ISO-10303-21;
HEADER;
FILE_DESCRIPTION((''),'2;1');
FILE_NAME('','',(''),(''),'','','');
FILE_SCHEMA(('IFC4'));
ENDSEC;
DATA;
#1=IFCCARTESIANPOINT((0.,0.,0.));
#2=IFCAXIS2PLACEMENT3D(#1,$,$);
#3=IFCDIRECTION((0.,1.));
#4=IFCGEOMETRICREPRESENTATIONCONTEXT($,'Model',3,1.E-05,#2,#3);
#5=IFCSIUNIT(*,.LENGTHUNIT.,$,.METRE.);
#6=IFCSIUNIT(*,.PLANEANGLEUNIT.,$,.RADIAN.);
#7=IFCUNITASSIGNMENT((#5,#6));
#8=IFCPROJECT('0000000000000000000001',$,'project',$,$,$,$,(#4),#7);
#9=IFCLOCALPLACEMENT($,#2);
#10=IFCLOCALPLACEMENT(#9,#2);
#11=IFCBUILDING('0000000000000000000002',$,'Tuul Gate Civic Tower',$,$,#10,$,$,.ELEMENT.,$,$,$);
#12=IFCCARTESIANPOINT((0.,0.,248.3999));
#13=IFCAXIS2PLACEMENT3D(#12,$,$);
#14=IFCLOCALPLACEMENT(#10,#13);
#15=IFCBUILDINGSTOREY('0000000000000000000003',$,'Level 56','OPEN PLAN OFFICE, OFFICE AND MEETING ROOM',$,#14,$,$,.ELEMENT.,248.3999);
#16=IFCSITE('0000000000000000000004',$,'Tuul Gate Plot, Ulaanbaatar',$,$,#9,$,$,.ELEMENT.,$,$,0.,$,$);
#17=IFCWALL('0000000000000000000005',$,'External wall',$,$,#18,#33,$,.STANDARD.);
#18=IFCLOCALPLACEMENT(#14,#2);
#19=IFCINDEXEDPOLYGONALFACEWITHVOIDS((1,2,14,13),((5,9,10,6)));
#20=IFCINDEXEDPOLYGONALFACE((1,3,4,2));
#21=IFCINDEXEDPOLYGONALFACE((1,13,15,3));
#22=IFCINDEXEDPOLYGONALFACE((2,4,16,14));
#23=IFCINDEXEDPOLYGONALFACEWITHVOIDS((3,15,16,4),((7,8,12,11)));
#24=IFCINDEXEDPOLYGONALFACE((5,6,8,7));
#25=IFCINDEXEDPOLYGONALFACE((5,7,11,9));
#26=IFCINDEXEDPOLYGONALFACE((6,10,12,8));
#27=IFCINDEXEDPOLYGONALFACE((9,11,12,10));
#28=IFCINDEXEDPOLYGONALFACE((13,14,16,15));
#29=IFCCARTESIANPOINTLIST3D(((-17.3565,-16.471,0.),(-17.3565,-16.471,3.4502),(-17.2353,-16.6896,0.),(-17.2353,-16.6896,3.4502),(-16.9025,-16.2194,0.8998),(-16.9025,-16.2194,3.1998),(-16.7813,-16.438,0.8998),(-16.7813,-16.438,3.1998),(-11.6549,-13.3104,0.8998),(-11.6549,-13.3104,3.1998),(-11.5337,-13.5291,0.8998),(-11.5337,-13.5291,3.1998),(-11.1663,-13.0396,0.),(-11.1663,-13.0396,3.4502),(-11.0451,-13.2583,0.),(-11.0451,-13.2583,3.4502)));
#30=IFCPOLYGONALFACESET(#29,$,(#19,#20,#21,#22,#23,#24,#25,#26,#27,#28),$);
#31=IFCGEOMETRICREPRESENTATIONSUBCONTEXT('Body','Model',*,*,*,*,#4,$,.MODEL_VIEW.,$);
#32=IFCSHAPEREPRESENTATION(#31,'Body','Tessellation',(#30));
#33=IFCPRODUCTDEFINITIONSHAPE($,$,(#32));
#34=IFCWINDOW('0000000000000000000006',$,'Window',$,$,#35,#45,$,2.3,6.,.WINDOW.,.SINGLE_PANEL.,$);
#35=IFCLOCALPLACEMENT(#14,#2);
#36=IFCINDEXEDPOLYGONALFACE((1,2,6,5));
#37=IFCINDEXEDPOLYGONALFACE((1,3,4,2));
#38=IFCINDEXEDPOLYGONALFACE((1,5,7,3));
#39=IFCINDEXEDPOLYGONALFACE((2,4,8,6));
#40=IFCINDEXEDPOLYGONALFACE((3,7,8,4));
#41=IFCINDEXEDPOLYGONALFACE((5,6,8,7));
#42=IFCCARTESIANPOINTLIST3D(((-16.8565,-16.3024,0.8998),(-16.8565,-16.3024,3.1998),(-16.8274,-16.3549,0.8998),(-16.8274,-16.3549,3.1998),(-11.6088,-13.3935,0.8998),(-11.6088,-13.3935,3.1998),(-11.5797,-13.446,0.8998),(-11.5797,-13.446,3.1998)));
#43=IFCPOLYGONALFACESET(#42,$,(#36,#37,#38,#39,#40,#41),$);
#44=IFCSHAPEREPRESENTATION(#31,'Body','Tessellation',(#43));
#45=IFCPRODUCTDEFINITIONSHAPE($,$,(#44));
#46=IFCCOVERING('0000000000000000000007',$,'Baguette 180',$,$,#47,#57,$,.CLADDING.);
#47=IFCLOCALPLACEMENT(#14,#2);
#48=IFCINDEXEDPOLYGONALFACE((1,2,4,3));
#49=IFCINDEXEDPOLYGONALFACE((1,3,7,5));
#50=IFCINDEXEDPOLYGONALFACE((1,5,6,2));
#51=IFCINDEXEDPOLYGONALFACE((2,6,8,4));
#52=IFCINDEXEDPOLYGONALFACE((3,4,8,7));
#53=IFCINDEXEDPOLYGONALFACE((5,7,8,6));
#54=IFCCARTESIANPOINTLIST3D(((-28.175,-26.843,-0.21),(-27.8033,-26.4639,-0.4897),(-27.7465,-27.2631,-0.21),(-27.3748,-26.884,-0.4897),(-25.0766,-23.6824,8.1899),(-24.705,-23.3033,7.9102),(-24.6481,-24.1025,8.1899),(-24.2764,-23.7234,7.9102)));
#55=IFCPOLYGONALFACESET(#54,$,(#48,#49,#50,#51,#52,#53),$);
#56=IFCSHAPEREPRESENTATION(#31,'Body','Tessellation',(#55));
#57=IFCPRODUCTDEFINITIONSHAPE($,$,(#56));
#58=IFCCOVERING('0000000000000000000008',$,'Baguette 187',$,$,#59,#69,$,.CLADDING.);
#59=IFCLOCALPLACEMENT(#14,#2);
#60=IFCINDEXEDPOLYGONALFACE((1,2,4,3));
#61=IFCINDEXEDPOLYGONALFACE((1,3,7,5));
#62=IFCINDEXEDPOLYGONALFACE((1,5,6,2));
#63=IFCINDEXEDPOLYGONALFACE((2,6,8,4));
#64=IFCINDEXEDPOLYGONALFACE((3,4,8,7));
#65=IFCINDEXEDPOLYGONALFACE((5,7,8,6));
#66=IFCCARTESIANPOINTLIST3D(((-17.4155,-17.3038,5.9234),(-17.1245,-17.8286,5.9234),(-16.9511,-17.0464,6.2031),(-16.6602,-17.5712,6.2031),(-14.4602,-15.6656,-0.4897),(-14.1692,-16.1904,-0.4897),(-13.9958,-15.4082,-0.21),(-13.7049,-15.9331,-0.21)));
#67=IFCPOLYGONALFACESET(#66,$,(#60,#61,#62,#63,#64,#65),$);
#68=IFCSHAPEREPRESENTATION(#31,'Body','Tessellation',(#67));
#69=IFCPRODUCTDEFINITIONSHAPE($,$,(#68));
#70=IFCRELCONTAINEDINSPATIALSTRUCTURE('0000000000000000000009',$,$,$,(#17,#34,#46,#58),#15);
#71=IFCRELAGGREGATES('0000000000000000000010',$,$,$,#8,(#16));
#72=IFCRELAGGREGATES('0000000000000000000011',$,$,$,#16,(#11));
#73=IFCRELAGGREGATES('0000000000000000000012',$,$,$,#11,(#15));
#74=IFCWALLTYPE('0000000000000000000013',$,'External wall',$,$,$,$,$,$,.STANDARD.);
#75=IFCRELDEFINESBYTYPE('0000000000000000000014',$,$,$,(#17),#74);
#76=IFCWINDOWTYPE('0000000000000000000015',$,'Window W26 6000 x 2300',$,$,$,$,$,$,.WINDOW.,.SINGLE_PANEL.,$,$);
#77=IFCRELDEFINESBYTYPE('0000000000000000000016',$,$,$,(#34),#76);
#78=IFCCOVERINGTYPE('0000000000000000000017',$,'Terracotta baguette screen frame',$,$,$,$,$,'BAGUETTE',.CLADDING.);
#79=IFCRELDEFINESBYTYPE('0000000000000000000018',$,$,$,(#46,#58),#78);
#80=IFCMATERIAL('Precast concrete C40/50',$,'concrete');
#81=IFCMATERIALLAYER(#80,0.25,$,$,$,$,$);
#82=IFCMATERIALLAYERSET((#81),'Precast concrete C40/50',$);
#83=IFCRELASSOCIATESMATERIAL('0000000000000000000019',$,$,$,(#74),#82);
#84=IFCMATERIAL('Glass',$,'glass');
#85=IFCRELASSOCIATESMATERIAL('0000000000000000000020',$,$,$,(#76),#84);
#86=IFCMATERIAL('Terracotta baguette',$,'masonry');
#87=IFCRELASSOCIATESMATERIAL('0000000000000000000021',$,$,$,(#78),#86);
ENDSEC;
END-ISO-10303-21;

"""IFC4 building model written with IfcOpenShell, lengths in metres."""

from ifc_helpers import new_model, si_unit, direction, frame, frame_2d, origin, origin_2d, place, context, subcontext, project, spatial, rectangle, extrude, material, layer, layer_set, material_profile, profile_set, type_object, element, fill, save


model = new_model("IFC4")

# Units and contexts
model_context = context("Model", 3, precision=1e-05, world=origin(), true_north=direction((0.0, 1.0)))
body_context = subcontext(model_context, "Body", "Model", "MODEL_VIEW")
ifc_project = project(units=[si_unit("LENGTHUNIT", "METRE"), si_unit("PLANEANGLEUNIT", "RADIAN")], contexts=[model_context])

# Site, building, storey
site_placement = place(None, origin())
site = spatial("IfcSite", under=ifc_project, at=site_placement, Name="Tuul Gate Plot, Ulaanbaatar", CompositionType="ELEMENT", RefElevation=0.0)
building_placement = place(site_placement, origin())
building = spatial("IfcBuilding", under=site, at=building_placement, Name="Tuul Gate Civic Tower", CompositionType="ELEMENT")
storey_placement = place(building_placement, frame((0.0, 0.0, 248.3999)))
storey = spatial("IfcBuildingStorey", under=building, at=storey_placement, Name="Level 56", Description="OPEN PLAN OFFICE, OFFICE AND MEETING ROOM", CompositionType="ELEMENT", Elevation=248.3999)

# Wall, opening, window
ifc_material_1 = material(Name="Precast concrete C40/50", Category="concrete")
ifc_layer_1 = layer(ifc_material_1, 0.25)
ifc_layer_set_1 = layer_set([ifc_layer_1], Name="Precast concrete C40/50")
wall_type_1 = type_object("IfcWallType", Name="External wall", PredefinedType="STANDARD", material=ifc_layer_set_1)
ifc_material_2 = material(Name="Glass", Category="glass")
window_type = type_object("IfcWindowType", Name="Window W26 6000 x 2300", PartitioningType="SINGLE_PANEL", PredefinedType="WINDOW", material=ifc_material_2)
wall_1_placement = place(storey_placement, frame((-17.2959, -16.5803, 0.0), z_axis=(0.0, 0.0, 1.0), x_axis=(0.874612, 0.484823, 0.0)))
wall_1 = element("IfcWall", 1, at=wall_1_placement, inside=storey, type_object=wall_type_1, Name="External wall", PredefinedType="STANDARD", context=body_context, shape_type="SweptSolid", body=[
    extrude(rectangle(XDim=7.0776, YDim=0.25, at=frame_2d((3.5388, 0.0))), origin(), (0.0, 0.0, 1.0), 3.4502),
])
opening_1_placement = place(wall_1_placement, frame((0.519, 0.0, 0.8999)))
opening_1 = element("IfcOpeningElement", 2, at=opening_1_placement, cuts=wall_1, PredefinedType="OPENING", context=body_context, shape_type="SweptSolid", body=[
    extrude(rectangle(XDim=6.0, YDim=2.3, at=frame_2d((3.0, 1.1499))), frame((0.0, 0.135, 0.0), z_axis=(0.0, -1.0, 0.0), x_axis=(1.0, 0.0, 0.0)), (0.0, 0.0, 1.0), 0.27),
])
window_1_placement = place(opening_1_placement, origin())
window_1 = element("IfcWindow", 3, at=window_1_placement, inside=storey, type_object=window_type, Name="Window", OverallHeight=2.3, OverallWidth=6.0, PartitioningType="SINGLE_PANEL", PredefinedType="WINDOW", context=body_context, shape_type="SweptSolid", body=[
    extrude(rectangle(XDim=6.0, YDim=2.3, at=frame_2d((3.0, 1.1499))), frame((0.0, 0.03, 0.0), z_axis=(0.0, -1.0, 0.0), x_axis=(1.0, 0.0, 0.0)), (0.0, 0.0, 1.0), 0.0601),
])
fill(opening_1, window_1)

# Coverings
ifc_material_3 = material(Name="Terracotta baguette", Category="masonry")
ifc_material_profile_1 = material_profile(ifc_material_3, rectangle(XDim=0.6001, YDim=0.6001, at=origin_2d()), Name="Terracotta baguette screen frame")
ifc_profile_set_1 = profile_set([ifc_material_profile_1], Name="Terracotta baguette")
covering_type = type_object("IfcCoveringType", Name="Terracotta baguette screen frame", ElementType="BAGUETTE", PredefinedType="CLADDING", material=ifc_profile_set_1)
covering_1_placement = place(storey_placement, frame((-24.6765, -23.7029, 8.05), z_axis=(-0.326331, -0.332888, -0.8847), x_axis=(0.714105, -0.700039, 0.0)))
element("IfcCovering", 4, at=covering_1_placement, inside=storey, type_object=covering_type, Name="Baguette 180", PredefinedType="CLADDING", context=body_context, shape_type="SweptSolid", body=[
    extrude(rectangle(XDim=0.6001, YDim=0.6001, at=origin_2d()), origin(), (0.0, 0.0, 1.0), 9.4946),
])
covering_2_placement = place(storey_placement, frame((-17.0378, -17.4375, 6.0632), z_axis=(0.407698, 0.225993, -0.884709), x_axis=(-0.484815, 0.874617, 0.0)))
element("IfcCovering", 5, at=covering_2_placement, inside=storey, type_object=covering_type, Name="Baguette 187", PredefinedType="CLADDING", context=body_context, shape_type="SweptSolid", body=[
    extrude(rectangle(XDim=0.6001, YDim=0.6001, at=origin_2d()), origin(), (0.0, 0.0, 1.0), 7.2488),
])

save(model, "model.ifc")
